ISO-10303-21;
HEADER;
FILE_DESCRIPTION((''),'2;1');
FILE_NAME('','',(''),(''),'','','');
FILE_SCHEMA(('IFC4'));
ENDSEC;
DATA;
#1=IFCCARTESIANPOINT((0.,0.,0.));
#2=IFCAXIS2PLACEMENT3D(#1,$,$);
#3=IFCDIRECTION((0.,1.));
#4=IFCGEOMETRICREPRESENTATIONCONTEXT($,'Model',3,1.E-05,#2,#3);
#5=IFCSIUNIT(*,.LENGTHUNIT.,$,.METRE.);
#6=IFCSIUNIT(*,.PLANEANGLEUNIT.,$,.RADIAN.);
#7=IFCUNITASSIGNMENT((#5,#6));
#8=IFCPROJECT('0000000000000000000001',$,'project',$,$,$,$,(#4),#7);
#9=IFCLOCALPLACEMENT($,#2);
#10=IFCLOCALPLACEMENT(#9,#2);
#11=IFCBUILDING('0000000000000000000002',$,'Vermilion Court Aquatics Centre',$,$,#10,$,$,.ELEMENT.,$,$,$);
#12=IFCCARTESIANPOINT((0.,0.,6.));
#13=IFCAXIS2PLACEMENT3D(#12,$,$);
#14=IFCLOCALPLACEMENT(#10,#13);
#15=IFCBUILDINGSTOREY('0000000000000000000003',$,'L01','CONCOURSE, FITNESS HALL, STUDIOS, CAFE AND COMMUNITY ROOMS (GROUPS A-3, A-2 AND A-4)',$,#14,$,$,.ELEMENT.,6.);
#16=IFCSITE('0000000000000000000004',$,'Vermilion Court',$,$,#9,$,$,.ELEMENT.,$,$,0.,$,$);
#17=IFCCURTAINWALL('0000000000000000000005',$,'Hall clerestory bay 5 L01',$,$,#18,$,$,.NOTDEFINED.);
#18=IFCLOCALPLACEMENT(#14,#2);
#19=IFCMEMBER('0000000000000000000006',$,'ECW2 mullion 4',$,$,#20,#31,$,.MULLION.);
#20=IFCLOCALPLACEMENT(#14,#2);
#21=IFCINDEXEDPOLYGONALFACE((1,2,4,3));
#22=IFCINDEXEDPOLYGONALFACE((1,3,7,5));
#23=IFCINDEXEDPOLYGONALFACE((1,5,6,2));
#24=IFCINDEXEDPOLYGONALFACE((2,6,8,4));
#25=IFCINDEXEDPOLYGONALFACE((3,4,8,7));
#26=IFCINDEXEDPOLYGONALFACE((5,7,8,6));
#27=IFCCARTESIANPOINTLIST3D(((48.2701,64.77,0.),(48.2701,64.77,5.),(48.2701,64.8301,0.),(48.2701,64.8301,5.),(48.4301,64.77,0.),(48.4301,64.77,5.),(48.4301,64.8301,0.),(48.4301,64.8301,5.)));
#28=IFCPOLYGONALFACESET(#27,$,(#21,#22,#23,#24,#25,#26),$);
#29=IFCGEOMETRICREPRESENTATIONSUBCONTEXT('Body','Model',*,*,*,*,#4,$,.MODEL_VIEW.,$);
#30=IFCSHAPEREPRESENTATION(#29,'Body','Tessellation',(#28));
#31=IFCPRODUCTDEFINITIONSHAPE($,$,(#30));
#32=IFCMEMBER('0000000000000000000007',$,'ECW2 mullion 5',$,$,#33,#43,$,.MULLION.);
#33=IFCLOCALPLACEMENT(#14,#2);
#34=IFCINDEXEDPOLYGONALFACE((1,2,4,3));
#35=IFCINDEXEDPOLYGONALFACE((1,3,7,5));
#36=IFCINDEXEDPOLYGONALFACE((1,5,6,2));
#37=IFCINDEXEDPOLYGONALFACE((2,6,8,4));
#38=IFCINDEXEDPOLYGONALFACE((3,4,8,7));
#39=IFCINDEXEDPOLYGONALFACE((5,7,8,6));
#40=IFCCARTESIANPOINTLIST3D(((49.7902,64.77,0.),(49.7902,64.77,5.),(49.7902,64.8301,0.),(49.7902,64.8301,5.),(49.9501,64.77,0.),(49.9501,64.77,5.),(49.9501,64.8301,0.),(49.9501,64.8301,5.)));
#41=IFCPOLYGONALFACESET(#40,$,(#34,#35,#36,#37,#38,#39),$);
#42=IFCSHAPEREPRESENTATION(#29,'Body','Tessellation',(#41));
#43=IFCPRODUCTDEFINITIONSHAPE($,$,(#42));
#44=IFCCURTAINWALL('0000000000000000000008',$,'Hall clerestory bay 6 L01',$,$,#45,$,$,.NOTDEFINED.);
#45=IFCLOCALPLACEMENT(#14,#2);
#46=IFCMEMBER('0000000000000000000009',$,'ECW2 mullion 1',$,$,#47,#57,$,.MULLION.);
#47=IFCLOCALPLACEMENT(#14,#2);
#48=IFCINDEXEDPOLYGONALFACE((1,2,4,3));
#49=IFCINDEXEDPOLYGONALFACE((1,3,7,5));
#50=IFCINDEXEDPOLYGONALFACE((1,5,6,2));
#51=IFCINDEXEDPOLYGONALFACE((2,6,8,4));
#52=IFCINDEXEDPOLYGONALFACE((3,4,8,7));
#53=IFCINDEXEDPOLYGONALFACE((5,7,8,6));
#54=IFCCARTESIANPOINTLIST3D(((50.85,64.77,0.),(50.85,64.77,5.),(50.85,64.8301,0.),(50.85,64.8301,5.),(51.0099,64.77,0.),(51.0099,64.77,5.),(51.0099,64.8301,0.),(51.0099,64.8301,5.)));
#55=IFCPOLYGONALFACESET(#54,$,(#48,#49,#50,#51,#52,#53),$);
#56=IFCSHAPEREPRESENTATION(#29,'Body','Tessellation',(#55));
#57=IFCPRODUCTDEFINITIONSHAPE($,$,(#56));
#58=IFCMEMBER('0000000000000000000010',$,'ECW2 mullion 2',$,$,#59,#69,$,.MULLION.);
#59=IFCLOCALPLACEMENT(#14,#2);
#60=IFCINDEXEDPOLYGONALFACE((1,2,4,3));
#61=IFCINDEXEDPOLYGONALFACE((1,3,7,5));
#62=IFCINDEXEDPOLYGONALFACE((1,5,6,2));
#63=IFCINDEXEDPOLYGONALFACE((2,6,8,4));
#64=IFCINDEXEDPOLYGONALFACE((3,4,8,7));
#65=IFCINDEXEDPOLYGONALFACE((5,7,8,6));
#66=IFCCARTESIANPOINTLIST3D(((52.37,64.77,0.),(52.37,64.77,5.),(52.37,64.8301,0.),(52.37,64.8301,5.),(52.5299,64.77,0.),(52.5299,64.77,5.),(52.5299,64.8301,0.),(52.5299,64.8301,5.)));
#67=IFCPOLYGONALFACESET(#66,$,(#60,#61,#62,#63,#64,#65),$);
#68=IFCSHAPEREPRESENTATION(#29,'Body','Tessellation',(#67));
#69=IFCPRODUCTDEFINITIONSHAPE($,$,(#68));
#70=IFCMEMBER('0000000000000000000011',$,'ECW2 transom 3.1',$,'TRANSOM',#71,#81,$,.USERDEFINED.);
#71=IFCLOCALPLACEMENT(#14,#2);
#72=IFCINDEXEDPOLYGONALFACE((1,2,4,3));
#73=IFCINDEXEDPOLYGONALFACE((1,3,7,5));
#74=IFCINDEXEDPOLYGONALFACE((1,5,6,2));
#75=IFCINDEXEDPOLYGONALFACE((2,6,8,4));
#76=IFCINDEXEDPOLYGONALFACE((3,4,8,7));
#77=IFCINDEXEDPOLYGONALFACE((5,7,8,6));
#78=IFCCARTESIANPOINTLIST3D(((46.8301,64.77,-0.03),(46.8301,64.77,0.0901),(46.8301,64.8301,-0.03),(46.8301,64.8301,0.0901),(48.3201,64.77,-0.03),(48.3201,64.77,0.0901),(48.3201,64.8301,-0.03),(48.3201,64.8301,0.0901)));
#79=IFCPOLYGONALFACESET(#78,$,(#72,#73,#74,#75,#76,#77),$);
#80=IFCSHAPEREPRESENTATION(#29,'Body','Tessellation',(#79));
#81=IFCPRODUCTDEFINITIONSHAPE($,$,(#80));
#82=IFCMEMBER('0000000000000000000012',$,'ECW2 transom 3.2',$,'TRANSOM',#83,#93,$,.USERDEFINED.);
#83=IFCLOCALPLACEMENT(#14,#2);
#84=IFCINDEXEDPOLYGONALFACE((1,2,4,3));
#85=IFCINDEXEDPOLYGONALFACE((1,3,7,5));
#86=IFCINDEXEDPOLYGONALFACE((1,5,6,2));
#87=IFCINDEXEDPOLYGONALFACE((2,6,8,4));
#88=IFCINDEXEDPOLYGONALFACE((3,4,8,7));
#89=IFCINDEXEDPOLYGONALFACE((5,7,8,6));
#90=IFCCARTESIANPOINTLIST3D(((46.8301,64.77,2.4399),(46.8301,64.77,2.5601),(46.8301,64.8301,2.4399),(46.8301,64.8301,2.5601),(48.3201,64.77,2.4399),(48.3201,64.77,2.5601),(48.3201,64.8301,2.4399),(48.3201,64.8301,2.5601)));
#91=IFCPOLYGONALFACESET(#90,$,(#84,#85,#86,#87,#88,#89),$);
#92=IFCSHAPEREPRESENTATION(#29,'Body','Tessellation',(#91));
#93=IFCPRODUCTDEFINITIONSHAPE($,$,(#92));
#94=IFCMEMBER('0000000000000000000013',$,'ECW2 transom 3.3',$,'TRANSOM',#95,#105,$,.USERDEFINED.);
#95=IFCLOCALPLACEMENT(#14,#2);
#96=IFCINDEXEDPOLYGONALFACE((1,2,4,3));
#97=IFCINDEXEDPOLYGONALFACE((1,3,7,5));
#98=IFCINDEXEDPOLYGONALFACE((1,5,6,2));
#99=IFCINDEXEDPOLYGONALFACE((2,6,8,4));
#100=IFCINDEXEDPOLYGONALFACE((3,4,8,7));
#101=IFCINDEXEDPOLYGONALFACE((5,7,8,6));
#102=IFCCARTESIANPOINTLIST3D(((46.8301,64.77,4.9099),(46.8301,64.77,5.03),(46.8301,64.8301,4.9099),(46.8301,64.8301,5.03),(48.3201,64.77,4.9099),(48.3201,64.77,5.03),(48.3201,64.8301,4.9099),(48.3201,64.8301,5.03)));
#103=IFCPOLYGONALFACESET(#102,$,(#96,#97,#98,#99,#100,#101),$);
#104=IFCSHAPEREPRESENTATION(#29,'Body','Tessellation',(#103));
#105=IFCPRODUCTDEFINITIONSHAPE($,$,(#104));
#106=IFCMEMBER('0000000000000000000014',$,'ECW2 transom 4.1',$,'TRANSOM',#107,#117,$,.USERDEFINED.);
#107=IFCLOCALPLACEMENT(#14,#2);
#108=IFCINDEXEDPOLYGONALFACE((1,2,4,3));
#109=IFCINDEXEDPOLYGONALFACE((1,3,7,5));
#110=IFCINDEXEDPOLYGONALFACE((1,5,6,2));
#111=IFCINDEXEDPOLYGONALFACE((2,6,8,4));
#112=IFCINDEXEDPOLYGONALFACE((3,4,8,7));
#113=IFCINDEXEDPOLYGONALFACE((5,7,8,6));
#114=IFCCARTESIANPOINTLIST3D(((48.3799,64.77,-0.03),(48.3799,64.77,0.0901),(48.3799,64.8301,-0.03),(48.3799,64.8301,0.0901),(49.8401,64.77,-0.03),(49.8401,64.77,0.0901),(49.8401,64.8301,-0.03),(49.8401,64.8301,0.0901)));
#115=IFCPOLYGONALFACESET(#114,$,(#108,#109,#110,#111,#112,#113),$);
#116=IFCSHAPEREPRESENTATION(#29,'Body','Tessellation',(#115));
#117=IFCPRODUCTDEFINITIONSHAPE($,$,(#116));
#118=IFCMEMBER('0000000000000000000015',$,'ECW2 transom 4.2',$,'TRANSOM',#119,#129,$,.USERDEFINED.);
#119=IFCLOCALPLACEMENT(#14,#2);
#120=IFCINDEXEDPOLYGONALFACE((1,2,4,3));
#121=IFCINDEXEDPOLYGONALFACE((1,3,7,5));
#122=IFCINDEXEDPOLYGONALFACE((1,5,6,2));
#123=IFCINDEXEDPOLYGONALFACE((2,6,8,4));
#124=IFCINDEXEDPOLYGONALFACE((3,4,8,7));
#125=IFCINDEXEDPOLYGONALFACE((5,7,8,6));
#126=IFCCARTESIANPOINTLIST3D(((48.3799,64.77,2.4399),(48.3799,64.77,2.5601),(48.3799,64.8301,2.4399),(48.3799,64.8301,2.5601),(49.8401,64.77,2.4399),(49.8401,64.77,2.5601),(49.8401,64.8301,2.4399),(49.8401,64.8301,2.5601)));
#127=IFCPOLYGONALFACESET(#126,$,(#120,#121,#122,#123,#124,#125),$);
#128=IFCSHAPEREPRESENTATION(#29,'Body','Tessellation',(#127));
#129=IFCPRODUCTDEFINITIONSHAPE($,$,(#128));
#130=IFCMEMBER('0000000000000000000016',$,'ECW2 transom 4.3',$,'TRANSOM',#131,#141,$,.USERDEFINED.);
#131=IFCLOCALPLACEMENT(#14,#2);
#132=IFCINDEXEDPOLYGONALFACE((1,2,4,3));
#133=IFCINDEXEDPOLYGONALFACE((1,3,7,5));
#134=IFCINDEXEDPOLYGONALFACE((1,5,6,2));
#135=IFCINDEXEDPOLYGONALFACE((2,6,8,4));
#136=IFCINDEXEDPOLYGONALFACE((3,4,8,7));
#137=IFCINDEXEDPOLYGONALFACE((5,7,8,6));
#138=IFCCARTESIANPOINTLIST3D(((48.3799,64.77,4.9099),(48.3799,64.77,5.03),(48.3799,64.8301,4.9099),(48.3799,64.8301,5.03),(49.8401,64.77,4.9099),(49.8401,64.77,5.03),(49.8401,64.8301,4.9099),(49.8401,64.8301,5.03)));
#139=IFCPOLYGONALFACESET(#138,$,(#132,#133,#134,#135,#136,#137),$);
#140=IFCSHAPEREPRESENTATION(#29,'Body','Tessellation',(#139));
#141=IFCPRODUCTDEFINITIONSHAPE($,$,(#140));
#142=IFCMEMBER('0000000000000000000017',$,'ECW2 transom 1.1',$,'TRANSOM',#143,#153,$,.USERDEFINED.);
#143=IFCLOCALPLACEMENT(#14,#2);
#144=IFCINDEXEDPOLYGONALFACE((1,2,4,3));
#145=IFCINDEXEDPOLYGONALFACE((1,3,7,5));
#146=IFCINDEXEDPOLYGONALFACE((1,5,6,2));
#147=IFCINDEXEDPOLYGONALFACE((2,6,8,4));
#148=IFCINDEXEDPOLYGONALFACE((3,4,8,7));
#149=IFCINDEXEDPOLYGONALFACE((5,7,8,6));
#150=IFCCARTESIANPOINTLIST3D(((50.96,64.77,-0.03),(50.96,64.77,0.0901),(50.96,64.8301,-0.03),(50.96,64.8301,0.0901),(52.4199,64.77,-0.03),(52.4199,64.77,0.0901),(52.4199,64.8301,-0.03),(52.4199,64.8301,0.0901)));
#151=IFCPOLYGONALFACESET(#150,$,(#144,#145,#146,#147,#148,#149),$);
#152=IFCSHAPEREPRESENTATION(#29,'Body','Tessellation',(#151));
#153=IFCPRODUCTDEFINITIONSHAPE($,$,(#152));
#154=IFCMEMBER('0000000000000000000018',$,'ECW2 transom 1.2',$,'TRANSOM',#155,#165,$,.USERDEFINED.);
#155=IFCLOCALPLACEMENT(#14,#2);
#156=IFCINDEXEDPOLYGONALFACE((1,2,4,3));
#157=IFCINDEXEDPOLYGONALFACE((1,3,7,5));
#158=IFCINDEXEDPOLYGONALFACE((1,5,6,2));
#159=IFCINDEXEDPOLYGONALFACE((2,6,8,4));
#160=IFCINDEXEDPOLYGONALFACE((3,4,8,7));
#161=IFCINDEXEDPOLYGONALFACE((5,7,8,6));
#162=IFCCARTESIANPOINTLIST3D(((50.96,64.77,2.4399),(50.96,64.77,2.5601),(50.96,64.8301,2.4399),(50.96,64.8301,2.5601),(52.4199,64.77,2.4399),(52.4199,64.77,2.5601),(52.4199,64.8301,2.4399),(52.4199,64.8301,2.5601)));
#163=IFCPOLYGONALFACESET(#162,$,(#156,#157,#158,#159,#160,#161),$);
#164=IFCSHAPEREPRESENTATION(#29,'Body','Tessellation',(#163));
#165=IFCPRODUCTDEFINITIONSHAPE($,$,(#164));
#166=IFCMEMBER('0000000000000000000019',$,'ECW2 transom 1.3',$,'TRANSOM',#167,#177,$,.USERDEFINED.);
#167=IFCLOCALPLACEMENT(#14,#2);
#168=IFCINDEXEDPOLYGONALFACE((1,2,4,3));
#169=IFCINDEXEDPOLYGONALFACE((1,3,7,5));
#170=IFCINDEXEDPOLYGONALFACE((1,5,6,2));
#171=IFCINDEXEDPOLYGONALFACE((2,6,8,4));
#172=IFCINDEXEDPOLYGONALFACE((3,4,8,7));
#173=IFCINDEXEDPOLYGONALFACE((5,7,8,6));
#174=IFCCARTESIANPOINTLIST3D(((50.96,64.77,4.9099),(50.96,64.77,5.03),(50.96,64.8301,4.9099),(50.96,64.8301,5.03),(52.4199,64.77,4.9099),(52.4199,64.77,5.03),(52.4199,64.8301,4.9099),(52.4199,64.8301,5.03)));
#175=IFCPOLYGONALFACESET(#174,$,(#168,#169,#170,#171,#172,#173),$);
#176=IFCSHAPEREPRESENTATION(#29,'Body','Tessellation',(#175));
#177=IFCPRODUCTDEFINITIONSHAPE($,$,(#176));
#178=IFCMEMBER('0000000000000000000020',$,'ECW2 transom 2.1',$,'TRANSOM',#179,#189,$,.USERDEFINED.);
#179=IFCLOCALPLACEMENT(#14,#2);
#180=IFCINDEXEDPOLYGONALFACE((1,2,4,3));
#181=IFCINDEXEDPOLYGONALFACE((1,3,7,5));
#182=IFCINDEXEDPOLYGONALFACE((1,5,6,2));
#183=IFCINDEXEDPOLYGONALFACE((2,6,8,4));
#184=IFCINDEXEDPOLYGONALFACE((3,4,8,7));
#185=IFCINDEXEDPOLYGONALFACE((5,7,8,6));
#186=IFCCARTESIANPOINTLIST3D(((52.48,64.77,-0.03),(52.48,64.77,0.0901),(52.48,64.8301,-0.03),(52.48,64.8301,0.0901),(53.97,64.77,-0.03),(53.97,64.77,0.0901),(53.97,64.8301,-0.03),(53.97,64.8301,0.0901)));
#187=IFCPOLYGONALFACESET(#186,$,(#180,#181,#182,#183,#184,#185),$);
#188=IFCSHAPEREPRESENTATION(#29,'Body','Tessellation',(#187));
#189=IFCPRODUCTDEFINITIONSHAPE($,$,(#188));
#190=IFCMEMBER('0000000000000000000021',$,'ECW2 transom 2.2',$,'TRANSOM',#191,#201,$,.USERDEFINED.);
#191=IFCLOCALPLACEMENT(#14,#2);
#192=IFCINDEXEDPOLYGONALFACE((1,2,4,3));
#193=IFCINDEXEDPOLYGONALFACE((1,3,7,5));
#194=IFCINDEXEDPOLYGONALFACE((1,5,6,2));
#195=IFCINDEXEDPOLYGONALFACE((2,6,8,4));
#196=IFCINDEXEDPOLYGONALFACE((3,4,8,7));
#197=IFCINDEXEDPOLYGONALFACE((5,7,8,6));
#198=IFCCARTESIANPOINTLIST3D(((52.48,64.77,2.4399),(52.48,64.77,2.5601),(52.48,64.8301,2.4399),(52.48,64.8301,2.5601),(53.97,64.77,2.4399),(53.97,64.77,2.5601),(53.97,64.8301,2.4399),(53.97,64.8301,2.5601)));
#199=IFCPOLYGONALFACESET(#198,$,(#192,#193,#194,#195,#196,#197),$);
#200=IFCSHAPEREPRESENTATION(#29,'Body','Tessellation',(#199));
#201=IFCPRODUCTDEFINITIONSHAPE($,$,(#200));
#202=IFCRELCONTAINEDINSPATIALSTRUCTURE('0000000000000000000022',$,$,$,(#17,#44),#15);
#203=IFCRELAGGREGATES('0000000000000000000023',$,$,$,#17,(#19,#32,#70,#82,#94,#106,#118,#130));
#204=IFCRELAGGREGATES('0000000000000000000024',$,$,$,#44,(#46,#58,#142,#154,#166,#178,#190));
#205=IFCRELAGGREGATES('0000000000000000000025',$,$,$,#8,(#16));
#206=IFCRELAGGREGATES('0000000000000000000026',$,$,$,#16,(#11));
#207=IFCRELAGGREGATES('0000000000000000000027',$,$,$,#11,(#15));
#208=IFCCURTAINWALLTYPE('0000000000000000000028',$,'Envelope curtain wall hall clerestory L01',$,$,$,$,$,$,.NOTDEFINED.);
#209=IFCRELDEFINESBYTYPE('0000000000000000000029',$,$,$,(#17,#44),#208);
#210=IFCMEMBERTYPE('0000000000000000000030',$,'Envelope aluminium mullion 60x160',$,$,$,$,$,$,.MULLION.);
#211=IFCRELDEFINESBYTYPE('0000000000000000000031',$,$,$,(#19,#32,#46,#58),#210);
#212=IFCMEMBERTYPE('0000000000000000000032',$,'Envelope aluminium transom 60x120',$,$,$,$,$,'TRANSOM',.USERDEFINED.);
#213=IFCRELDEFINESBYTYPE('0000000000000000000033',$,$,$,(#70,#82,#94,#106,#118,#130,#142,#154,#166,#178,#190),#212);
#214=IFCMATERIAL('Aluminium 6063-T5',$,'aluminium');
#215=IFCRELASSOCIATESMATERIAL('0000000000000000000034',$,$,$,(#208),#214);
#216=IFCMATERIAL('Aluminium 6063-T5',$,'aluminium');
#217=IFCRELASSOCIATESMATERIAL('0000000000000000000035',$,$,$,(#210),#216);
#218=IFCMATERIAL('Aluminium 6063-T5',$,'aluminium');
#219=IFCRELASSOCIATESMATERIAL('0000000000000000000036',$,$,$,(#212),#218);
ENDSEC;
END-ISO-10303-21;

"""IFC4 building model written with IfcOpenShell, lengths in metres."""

from ifc_helpers import new_model, si_unit, direction, frame, origin, origin_2d, place, context, subcontext, project, spatial, rectangle, extrude, material, material_profile, profile_set, type_object, element, aggregate, save


model = new_model("IFC4")

# Units and contexts
model_context = context("Model", 3, precision=1e-05, world=origin(), true_north=direction((0.0, 1.0)))
body_context = subcontext(model_context, "Body", "Model", "MODEL_VIEW")
ifc_project = project(units=[si_unit("LENGTHUNIT", "METRE"), si_unit("PLANEANGLEUNIT", "RADIAN")], contexts=[model_context])

# Site, building, storey
site_placement = place(None, origin())
site = spatial("IfcSite", under=ifc_project, at=site_placement, Name="Vermilion Court", CompositionType="ELEMENT", RefElevation=0.0)
building_placement = place(site_placement, origin())
building = spatial("IfcBuilding", under=site, at=building_placement, Name="Vermilion Court Aquatics Centre", CompositionType="ELEMENT")
storey_placement = place(building_placement, frame((0.0, 0.0, 6.0)))
storey = spatial("IfcBuildingStorey", under=building, at=storey_placement, Name="L01", Description="CONCOURSE, FITNESS HALL, STUDIOS, CAFE AND COMMUNITY ROOMS (GROUPS A-3, A-2 AND A-4)", CompositionType="ELEMENT", Elevation=6.0)

# Curtain walls, members
ifc_material_1 = material(Name="Aluminium 6063-T5", Category="aluminium")
curtain_wall_type = type_object("IfcCurtainWallType", Name="Envelope curtain wall hall clerestory L01", PredefinedType="NOTDEFINED", material=ifc_material_1)
curtain_wall_1_placement = place(storey_placement, origin())
curtain_wall_1 = element("IfcCurtainWall", 1, at=curtain_wall_1_placement, inside=storey, type_object=curtain_wall_type, Name="Hall clerestory bay 5 L01", PredefinedType="NOTDEFINED")
ifc_material_2 = material(Name="Aluminium 6063-T5", Category="aluminium")
ifc_material_profile_1 = material_profile(ifc_material_2, rectangle(XDim=0.0601, YDim=0.1599, at=origin_2d()), Name="AL 60x160")
ifc_profile_set_1 = profile_set([ifc_material_profile_1], Name="Aluminium 6063-T5")
member_type_1 = type_object("IfcMemberType", Name="Envelope aluminium mullion 60x160", PredefinedType="MULLION", material=ifc_profile_set_1)
member_1_placement = place(storey_placement, frame((48.3501, 64.8, 0.0), z_axis=(0.0, 0.0, 1.0), x_axis=(0.0, 1.0, 0.0)))
member_1 = element("IfcMember", 2, at=member_1_placement, type_object=member_type_1, Name="ECW2 mullion 4", PredefinedType="MULLION", context=body_context, shape_type="SweptSolid", body=[
    extrude(rectangle(XDim=0.0601, YDim=0.1599, at=origin_2d()), origin(), (0.0, 0.0, 1.0), 5.0),
])
member_2_placement = place(storey_placement, frame((49.8701, 64.8, 0.0), z_axis=(0.0, 0.0, 1.0), x_axis=(0.0, 1.0, 0.0)))
member_2 = element("IfcMember", 3, at=member_2_placement, type_object=member_type_1, Name="ECW2 mullion 5", PredefinedType="MULLION", context=body_context, shape_type="SweptSolid", body=[
    extrude(rectangle(XDim=0.0601, YDim=0.1599, at=origin_2d()), origin(), (0.0, 0.0, 1.0), 5.0),
])
curtain_wall_2_placement = place(storey_placement, origin())
curtain_wall_2 = element("IfcCurtainWall", 4, at=curtain_wall_2_placement, inside=storey, type_object=curtain_wall_type, Name="Hall clerestory bay 6 L01", PredefinedType="NOTDEFINED")
member_3_placement = place(storey_placement, frame((50.9299, 64.8, 0.0), z_axis=(0.0, 0.0, 1.0), x_axis=(0.0, 1.0, 0.0)))
member_3 = element("IfcMember", 5, at=member_3_placement, type_object=member_type_1, Name="ECW2 mullion 1", PredefinedType="MULLION", context=body_context, shape_type="SweptSolid", body=[
    extrude(rectangle(XDim=0.0601, YDim=0.1599, at=origin_2d()), origin(), (0.0, 0.0, 1.0), 5.0),
])
member_4_placement = place(storey_placement, frame((52.45, 64.8, 0.0), z_axis=(0.0, 0.0, 1.0), x_axis=(0.0, 1.0, 0.0)))
member_4 = element("IfcMember", 6, at=member_4_placement, type_object=member_type_1, Name="ECW2 mullion 2", PredefinedType="MULLION", context=body_context, shape_type="SweptSolid", body=[
    extrude(rectangle(XDim=0.0601, YDim=0.1599, at=origin_2d()), origin(), (0.0, 0.0, 1.0), 5.0),
])

# Members
ifc_material_3 = material(Name="Aluminium 6063-T5", Category="aluminium")
ifc_material_profile_2 = material_profile(ifc_material_3, rectangle(XDim=0.0601, YDim=0.1201, at=origin_2d()), Name="AL 60x120")
ifc_profile_set_2 = profile_set([ifc_material_profile_2], Name="Aluminium 6063-T5")
member_type_2 = type_object("IfcMemberType", Name="Envelope aluminium transom 60x120", ElementType="TRANSOM", PredefinedType="USERDEFINED", material=ifc_profile_set_2)
member_5_placement = place(storey_placement, frame((46.8301, 64.8, 0.03), z_axis=(1.0, 0.0, 0.0), x_axis=(0.0, 1.0, 0.0)))
member_5 = element("IfcMember", 7, at=member_5_placement, type_object=member_type_2, Name="ECW2 transom 3.1", ObjectType="TRANSOM", PredefinedType="USERDEFINED", context=body_context, shape_type="SweptSolid", body=[
    extrude(rectangle(XDim=0.0601, YDim=0.1201, at=origin_2d()), origin(), (0.0, 0.0, 1.0), 1.49),
])
member_6_placement = place(storey_placement, frame((46.8301, 64.8, 2.5), z_axis=(1.0, 0.0, 0.0), x_axis=(0.0, 1.0, 0.0)))
member_6 = element("IfcMember", 8, at=member_6_placement, type_object=member_type_2, Name="ECW2 transom 3.2", ObjectType="TRANSOM", PredefinedType="USERDEFINED", context=body_context, shape_type="SweptSolid", body=[
    extrude(rectangle(XDim=0.0601, YDim=0.1201, at=origin_2d()), origin(), (0.0, 0.0, 1.0), 1.49),
])
member_7_placement = place(storey_placement, frame((46.8301, 64.8, 4.97), z_axis=(1.0, 0.0, 0.0), x_axis=(0.0, 1.0, 0.0)))
member_7 = element("IfcMember", 9, at=member_7_placement, type_object=member_type_2, Name="ECW2 transom 3.3", ObjectType="TRANSOM", PredefinedType="USERDEFINED", context=body_context, shape_type="SweptSolid", body=[
    extrude(rectangle(XDim=0.0601, YDim=0.1201, at=origin_2d()), origin(), (0.0, 0.0, 1.0), 1.49),
])
member_8_placement = place(storey_placement, frame((48.3799, 64.8, 0.03), z_axis=(1.0, 0.0, 0.0), x_axis=(0.0, 1.0, 0.0)))
member_8 = element("IfcMember", 10, at=member_8_placement, type_object=member_type_2, Name="ECW2 transom 4.1", ObjectType="TRANSOM", PredefinedType="USERDEFINED", context=body_context, shape_type="SweptSolid", body=[
    extrude(rectangle(XDim=0.0601, YDim=0.1201, at=origin_2d()), origin(), (0.0, 0.0, 1.0), 1.4602),
])
member_9_placement = place(storey_placement, frame((48.3799, 64.8, 2.5), z_axis=(1.0, 0.0, 0.0), x_axis=(0.0, 1.0, 0.0)))
member_9 = element("IfcMember", 11, at=member_9_placement, type_object=member_type_2, Name="ECW2 transom 4.2", ObjectType="TRANSOM", PredefinedType="USERDEFINED", context=body_context, shape_type="SweptSolid", body=[
    extrude(rectangle(XDim=0.0601, YDim=0.1201, at=origin_2d()), origin(), (0.0, 0.0, 1.0), 1.4602),
])
member_10_placement = place(storey_placement, frame((48.3799, 64.8, 4.97), z_axis=(1.0, 0.0, 0.0), x_axis=(0.0, 1.0, 0.0)))
member_10 = element("IfcMember", 12, at=member_10_placement, type_object=member_type_2, Name="ECW2 transom 4.3", ObjectType="TRANSOM", PredefinedType="USERDEFINED", context=body_context, shape_type="SweptSolid", body=[
    extrude(rectangle(XDim=0.0601, YDim=0.1201, at=origin_2d()), origin(), (0.0, 0.0, 1.0), 1.4602),
])
member_11_placement = place(storey_placement, frame((50.96, 64.8, 0.03), z_axis=(1.0, 0.0, 0.0), x_axis=(0.0, 1.0, 0.0)))
member_11 = element("IfcMember", 13, at=member_11_placement, type_object=member_type_2, Name="ECW2 transom 1.1", ObjectType="TRANSOM", PredefinedType="USERDEFINED", context=body_context, shape_type="SweptSolid", body=[
    extrude(rectangle(XDim=0.0601, YDim=0.1201, at=origin_2d()), origin(), (0.0, 0.0, 1.0), 1.46),
])
member_12_placement = place(storey_placement, frame((50.96, 64.8, 2.5), z_axis=(1.0, 0.0, 0.0), x_axis=(0.0, 1.0, 0.0)))
member_12 = element("IfcMember", 14, at=member_12_placement, type_object=member_type_2, Name="ECW2 transom 1.2", ObjectType="TRANSOM", PredefinedType="USERDEFINED", context=body_context, shape_type="SweptSolid", body=[
    extrude(rectangle(XDim=0.0601, YDim=0.1201, at=origin_2d()), origin(), (0.0, 0.0, 1.0), 1.46),
])
member_13_placement = place(storey_placement, frame((50.96, 64.8, 4.97), z_axis=(1.0, 0.0, 0.0), x_axis=(0.0, 1.0, 0.0)))
member_13 = element("IfcMember", 15, at=member_13_placement, type_object=member_type_2, Name="ECW2 transom 1.3", ObjectType="TRANSOM", PredefinedType="USERDEFINED", context=body_context, shape_type="SweptSolid", body=[
    extrude(rectangle(XDim=0.0601, YDim=0.1201, at=origin_2d()), origin(), (0.0, 0.0, 1.0), 1.46),
])
member_14_placement = place(storey_placement, frame((52.48, 64.8, 0.03), z_axis=(1.0, 0.0, 0.0), x_axis=(0.0, 1.0, 0.0)))
member_14 = element("IfcMember", 16, at=member_14_placement, type_object=member_type_2, Name="ECW2 transom 2.1", ObjectType="TRANSOM", PredefinedType="USERDEFINED", context=body_context, shape_type="SweptSolid", body=[
    extrude(rectangle(XDim=0.0601, YDim=0.1201, at=origin_2d()), origin(), (0.0, 0.0, 1.0), 1.49),
])
member_15_placement = place(storey_placement, frame((52.48, 64.8, 2.5), z_axis=(1.0, 0.0, 0.0), x_axis=(0.0, 1.0, 0.0)))
member_15 = element("IfcMember", 17, at=member_15_placement, type_object=member_type_2, Name="ECW2 transom 2.2", ObjectType="TRANSOM", PredefinedType="USERDEFINED", context=body_context, shape_type="SweptSolid", body=[
    extrude(rectangle(XDim=0.0601, YDim=0.1201, at=origin_2d()), origin(), (0.0, 0.0, 1.0), 1.49),
])

aggregate(curtain_wall_1, [member_1, member_2, member_5, member_6, member_7, member_8, member_9, member_10])
aggregate(curtain_wall_2, [member_3, member_4, member_11, member_12, member_13, member_14, member_15])

save(model, "model.ifc")
